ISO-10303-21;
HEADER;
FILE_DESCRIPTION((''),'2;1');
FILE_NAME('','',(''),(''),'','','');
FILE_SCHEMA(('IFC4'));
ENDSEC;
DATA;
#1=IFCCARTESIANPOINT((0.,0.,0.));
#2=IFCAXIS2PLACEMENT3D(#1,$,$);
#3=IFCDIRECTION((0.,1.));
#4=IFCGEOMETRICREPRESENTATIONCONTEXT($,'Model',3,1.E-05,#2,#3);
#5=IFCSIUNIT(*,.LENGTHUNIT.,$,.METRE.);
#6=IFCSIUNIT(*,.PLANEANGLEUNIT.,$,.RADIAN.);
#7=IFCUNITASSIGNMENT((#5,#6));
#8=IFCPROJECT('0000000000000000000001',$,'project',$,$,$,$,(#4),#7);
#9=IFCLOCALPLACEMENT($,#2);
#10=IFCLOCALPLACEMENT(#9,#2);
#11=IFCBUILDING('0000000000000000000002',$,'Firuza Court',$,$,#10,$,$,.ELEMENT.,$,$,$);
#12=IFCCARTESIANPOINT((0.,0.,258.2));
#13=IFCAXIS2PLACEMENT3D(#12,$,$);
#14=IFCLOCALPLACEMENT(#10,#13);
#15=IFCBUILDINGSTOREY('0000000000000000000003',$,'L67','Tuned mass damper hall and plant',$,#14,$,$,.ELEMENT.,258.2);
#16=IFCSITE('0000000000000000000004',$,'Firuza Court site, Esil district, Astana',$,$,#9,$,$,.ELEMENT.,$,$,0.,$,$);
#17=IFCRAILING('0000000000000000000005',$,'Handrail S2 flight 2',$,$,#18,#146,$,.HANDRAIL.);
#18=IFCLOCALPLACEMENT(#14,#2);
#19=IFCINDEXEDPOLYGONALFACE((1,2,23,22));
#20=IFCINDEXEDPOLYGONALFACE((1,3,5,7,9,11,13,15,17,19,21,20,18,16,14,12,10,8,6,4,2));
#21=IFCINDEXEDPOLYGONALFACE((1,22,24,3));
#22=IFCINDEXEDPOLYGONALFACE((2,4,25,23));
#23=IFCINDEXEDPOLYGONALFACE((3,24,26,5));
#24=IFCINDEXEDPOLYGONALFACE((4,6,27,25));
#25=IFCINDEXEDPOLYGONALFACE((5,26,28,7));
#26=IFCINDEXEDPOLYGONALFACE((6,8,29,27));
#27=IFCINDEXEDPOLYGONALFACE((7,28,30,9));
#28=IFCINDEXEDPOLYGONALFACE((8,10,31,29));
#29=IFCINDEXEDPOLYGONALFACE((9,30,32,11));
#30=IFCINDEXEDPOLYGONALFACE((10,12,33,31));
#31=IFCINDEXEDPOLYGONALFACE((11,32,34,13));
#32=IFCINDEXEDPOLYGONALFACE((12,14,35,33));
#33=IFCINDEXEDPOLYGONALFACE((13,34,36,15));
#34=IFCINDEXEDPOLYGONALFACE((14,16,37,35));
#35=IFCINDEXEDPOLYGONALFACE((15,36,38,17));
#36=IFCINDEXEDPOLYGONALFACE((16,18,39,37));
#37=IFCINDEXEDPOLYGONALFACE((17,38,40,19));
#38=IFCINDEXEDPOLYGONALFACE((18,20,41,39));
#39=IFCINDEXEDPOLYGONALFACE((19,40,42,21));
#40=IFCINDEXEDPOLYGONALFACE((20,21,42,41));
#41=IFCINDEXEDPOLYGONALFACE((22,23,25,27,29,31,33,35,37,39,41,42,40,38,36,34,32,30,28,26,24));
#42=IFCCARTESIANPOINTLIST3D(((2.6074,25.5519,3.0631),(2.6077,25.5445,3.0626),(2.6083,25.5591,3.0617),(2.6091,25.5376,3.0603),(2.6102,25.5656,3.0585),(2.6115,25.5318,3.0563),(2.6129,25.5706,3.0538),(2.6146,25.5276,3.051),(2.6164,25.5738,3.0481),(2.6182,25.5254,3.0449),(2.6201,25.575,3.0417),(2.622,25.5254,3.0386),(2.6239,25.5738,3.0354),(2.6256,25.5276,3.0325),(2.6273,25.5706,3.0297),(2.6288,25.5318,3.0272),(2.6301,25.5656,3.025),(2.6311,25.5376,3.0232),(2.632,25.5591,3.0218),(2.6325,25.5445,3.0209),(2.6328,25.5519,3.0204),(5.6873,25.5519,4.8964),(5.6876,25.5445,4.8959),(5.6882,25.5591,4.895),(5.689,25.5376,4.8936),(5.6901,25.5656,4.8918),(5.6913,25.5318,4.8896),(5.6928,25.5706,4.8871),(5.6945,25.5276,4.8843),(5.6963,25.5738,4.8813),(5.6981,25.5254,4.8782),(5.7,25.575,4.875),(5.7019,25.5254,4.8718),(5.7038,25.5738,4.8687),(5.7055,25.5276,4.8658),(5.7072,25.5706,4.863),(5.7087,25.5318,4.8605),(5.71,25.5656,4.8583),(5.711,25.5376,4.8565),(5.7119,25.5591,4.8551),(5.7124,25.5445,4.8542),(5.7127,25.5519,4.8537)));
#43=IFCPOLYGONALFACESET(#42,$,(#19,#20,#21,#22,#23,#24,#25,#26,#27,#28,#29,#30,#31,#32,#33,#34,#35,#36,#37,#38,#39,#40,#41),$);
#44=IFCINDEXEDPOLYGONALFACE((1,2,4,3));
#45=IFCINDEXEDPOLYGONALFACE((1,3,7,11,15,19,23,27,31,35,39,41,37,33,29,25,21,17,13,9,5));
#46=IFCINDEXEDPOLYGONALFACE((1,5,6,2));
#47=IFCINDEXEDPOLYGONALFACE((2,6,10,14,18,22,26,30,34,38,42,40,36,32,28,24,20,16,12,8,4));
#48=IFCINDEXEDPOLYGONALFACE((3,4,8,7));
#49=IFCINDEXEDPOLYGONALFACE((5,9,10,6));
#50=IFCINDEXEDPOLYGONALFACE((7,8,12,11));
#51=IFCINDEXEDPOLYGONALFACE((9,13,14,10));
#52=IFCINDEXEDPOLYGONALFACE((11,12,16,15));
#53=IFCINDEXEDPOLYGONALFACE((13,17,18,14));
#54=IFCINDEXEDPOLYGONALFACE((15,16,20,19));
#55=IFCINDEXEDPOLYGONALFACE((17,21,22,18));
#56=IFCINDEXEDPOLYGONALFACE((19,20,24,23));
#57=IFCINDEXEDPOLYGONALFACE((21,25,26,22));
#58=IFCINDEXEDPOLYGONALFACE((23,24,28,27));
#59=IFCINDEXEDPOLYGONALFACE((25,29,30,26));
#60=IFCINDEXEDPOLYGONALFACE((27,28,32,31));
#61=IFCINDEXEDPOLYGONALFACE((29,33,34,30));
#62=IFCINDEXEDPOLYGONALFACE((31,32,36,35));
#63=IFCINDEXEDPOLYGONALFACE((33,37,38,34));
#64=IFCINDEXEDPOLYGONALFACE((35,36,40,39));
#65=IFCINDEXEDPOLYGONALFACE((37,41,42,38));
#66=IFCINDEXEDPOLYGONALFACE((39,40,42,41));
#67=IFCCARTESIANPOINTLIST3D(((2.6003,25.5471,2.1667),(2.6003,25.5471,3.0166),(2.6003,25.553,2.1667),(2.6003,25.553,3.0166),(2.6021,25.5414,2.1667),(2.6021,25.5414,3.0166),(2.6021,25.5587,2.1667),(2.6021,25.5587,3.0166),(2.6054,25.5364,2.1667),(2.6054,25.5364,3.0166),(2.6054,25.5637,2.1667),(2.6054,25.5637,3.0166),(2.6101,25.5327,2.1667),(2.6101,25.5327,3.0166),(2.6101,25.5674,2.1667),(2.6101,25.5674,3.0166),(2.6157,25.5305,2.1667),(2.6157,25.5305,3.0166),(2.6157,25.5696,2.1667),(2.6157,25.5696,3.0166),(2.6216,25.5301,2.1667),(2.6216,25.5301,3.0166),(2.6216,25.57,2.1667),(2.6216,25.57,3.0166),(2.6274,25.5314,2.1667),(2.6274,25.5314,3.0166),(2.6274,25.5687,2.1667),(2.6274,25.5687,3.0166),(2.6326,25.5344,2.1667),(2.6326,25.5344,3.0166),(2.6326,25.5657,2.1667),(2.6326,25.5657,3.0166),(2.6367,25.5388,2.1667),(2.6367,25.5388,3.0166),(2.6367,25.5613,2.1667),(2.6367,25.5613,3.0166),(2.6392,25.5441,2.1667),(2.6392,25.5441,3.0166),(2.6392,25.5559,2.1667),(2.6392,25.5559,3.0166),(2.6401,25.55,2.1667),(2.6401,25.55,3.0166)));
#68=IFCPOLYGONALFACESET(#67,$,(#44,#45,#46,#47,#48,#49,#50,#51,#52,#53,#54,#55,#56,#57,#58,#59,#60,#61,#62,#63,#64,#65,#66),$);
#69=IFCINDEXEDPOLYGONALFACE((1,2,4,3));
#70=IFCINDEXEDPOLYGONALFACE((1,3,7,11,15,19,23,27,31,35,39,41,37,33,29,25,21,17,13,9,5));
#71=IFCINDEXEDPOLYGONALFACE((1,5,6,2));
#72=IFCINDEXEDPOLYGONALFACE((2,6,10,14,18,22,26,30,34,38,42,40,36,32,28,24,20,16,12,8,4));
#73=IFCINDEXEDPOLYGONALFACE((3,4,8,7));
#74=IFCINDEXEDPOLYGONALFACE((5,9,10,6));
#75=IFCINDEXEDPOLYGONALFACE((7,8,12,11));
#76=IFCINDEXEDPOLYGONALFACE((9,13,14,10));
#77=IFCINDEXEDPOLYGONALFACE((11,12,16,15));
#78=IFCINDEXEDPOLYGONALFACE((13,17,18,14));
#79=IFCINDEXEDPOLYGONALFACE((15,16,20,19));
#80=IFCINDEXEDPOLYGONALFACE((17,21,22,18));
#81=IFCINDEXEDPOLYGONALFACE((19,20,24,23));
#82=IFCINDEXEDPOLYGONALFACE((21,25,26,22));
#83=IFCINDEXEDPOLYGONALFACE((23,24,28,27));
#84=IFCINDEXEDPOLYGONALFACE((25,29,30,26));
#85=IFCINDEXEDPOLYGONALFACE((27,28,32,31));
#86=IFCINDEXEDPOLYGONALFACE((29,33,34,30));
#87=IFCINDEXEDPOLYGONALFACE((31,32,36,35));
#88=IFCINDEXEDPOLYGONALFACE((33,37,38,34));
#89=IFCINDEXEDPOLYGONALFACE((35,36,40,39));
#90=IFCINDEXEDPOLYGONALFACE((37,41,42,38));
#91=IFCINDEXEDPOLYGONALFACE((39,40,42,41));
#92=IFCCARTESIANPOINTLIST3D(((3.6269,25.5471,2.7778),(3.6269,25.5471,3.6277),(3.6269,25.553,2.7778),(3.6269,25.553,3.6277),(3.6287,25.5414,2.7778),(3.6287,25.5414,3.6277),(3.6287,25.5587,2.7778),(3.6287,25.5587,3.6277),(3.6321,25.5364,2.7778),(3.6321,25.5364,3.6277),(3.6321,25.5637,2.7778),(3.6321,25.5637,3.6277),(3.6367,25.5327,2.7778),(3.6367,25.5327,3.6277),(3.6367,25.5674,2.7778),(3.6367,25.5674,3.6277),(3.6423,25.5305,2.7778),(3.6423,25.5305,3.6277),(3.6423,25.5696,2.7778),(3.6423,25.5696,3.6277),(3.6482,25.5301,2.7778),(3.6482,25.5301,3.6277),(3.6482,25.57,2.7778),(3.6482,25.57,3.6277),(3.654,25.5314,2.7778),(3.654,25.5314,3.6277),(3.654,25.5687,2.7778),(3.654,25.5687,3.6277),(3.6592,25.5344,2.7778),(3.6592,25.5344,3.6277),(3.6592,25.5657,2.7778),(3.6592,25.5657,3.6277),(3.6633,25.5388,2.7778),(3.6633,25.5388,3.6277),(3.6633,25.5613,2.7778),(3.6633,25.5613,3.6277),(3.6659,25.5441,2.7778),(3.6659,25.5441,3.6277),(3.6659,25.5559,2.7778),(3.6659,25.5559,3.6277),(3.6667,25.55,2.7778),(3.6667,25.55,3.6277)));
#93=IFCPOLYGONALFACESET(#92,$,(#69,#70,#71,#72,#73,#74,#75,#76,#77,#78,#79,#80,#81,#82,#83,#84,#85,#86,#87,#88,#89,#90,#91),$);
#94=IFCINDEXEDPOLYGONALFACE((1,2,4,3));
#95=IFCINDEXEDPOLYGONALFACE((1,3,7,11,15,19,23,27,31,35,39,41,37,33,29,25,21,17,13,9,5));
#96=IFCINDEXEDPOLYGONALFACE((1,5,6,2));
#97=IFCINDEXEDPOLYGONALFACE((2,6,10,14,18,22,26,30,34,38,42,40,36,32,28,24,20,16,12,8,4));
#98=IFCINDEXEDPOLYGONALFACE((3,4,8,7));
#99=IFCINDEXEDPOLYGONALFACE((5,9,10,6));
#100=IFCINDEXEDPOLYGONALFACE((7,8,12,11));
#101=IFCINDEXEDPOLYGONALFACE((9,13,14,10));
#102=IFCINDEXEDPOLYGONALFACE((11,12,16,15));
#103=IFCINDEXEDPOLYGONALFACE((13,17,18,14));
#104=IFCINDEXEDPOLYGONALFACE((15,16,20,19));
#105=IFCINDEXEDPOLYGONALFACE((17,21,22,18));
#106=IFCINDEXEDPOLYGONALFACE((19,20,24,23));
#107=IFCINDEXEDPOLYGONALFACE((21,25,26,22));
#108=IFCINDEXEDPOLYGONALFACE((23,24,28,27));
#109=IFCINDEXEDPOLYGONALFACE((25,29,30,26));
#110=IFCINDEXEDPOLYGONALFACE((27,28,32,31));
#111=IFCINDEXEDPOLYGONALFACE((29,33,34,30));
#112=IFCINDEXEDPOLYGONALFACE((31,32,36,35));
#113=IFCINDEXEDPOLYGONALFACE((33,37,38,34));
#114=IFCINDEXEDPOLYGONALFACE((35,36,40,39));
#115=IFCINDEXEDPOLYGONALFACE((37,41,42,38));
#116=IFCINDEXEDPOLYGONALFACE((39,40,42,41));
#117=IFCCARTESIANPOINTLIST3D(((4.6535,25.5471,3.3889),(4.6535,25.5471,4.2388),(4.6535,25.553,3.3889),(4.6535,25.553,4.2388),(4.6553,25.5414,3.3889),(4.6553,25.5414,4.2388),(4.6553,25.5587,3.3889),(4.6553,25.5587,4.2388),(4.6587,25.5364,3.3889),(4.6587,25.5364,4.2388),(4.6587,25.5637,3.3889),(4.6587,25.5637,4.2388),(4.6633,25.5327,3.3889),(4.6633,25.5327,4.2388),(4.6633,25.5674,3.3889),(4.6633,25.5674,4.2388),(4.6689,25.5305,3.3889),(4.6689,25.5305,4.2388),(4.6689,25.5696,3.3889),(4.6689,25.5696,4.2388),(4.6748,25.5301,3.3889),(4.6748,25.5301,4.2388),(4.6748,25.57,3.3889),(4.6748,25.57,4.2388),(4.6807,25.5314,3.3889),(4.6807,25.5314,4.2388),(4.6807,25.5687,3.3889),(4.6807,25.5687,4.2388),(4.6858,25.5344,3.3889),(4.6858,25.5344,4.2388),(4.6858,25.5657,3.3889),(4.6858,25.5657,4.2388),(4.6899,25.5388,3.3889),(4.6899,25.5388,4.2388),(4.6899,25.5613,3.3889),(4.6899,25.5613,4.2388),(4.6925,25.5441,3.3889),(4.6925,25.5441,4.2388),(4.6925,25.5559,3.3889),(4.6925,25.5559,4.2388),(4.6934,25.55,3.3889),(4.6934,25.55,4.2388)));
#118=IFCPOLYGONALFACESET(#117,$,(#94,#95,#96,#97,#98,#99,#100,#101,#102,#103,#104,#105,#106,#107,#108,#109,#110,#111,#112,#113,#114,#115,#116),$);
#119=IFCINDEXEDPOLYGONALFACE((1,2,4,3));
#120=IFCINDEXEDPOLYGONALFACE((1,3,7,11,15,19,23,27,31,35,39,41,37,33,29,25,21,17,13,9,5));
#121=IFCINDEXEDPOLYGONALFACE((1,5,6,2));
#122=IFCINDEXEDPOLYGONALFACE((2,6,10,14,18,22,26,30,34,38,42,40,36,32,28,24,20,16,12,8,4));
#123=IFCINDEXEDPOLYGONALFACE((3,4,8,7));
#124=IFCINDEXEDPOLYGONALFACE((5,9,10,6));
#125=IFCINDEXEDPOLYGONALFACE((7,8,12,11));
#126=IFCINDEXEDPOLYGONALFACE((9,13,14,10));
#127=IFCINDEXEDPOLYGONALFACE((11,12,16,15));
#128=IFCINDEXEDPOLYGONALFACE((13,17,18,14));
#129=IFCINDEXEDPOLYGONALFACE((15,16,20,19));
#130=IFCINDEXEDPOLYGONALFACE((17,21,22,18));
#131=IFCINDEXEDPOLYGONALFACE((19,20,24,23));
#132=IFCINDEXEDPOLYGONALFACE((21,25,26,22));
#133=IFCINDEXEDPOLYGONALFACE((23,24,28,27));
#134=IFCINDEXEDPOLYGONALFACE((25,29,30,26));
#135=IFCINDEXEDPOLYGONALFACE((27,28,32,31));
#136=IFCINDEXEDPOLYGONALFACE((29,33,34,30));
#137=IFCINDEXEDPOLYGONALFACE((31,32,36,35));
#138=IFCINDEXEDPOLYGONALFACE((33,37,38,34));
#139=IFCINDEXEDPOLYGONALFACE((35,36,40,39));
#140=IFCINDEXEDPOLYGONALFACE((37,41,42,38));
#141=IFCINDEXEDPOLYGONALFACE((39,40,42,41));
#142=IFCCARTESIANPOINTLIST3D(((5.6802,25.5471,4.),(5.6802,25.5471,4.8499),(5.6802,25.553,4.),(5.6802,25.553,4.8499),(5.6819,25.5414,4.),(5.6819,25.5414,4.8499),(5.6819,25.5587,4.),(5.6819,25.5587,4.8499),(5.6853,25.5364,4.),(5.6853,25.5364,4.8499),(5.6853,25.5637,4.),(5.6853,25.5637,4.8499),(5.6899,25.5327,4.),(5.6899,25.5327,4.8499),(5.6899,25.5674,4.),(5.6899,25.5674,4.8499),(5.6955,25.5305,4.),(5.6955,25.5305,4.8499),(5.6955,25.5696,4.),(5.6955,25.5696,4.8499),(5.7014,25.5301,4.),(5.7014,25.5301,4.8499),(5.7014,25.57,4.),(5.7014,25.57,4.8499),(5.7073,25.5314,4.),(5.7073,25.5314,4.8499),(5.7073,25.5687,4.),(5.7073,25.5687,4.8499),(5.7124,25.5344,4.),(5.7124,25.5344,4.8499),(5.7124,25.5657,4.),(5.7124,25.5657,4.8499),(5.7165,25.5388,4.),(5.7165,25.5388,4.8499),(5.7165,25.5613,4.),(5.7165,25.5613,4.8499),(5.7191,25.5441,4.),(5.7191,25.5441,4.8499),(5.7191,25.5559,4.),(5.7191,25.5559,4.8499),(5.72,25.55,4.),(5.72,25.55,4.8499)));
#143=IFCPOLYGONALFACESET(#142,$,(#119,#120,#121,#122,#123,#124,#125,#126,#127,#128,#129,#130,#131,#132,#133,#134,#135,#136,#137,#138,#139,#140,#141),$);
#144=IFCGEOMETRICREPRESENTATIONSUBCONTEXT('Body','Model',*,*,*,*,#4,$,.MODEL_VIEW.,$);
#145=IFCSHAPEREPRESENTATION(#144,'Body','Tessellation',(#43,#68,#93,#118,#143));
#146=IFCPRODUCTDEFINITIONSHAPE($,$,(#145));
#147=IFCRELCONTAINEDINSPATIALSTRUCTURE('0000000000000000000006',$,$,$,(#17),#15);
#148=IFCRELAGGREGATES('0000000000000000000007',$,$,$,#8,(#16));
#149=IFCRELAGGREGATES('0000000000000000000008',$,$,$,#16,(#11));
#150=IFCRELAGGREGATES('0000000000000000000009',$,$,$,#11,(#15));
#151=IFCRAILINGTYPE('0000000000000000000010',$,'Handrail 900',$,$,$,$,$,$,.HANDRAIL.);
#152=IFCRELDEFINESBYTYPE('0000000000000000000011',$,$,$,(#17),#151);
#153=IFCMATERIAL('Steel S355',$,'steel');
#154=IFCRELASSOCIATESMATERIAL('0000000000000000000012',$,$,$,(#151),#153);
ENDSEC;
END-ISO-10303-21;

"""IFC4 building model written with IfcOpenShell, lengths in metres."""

from ifc_helpers import new_model, si_unit, direction, frame, origin, origin_2d, place, context, subcontext, project, spatial, circle, extrude, material, type_object, element, save


model = new_model("IFC4")

# Units and contexts
model_context = context("Model", 3, precision=1e-05, world=origin(), true_north=direction((0.0, 1.0)))
body_context = subcontext(model_context, "Body", "Model", "MODEL_VIEW")
ifc_project = project(units=[si_unit("LENGTHUNIT", "METRE"), si_unit("PLANEANGLEUNIT", "RADIAN")], contexts=[model_context])

# Site, building, storey
site_placement = place(None, origin())
site = spatial("IfcSite", under=ifc_project, at=site_placement, Name="Firuza Court site, Esil district, Astana", CompositionType="ELEMENT", RefElevation=0.0)
building_placement = place(site_placement, origin())
building = spatial("IfcBuilding", under=site, at=building_placement, Name="Firuza Court", CompositionType="ELEMENT")
storey_placement = place(building_placement, frame((0.0, 0.0, 258.2)))
storey = spatial("IfcBuildingStorey", under=building, at=storey_placement, Name="L67", Description="Tuned mass damper hall and plant", CompositionType="ELEMENT", Elevation=258.2)

# Railing
ifc_material_1 = material(Name="Steel S355", Category="steel")
railing_type_1 = type_object("IfcRailingType", Name="Handrail 900", PredefinedType="HANDRAIL", material=ifc_material_1)
railing_1_placement = place(storey_placement, frame((2.6201, 25.55, 2.1667)))
element("IfcRailing", 1, at=railing_1_placement, inside=storey, type_object=railing_type_1, Name="Handrail S2 flight 2", PredefinedType="HANDRAIL", context=body_context, shape_type="SweptSolid", body=[
    extrude(circle(Radius=0.0249, at=origin_2d()), frame((0.0, 0.0, 0.875), z_axis=(0.859291, 0.0, 0.511487), x_axis=(0.0, 1.0, 0.0)), (0.0, 0.0, 1.0), 3.5842),
    extrude(circle(Radius=0.02, at=origin_2d()), origin(), (0.0, 0.0, 1.0), 0.8499),
    extrude(circle(Radius=0.02, at=origin_2d()), frame((1.0266, 0.0, 0.6111)), (0.0, 0.0, 1.0), 0.8499),
    extrude(circle(Radius=0.02, at=origin_2d()), frame((2.0532, 0.0, 1.2222)), (0.0, 0.0, 1.0), 0.8499),
    extrude(circle(Radius=0.02, at=origin_2d()), frame((3.0798, 0.0, 1.8333)), (0.0, 0.0, 1.0), 0.8499),
])

save(model, "model.ifc")
